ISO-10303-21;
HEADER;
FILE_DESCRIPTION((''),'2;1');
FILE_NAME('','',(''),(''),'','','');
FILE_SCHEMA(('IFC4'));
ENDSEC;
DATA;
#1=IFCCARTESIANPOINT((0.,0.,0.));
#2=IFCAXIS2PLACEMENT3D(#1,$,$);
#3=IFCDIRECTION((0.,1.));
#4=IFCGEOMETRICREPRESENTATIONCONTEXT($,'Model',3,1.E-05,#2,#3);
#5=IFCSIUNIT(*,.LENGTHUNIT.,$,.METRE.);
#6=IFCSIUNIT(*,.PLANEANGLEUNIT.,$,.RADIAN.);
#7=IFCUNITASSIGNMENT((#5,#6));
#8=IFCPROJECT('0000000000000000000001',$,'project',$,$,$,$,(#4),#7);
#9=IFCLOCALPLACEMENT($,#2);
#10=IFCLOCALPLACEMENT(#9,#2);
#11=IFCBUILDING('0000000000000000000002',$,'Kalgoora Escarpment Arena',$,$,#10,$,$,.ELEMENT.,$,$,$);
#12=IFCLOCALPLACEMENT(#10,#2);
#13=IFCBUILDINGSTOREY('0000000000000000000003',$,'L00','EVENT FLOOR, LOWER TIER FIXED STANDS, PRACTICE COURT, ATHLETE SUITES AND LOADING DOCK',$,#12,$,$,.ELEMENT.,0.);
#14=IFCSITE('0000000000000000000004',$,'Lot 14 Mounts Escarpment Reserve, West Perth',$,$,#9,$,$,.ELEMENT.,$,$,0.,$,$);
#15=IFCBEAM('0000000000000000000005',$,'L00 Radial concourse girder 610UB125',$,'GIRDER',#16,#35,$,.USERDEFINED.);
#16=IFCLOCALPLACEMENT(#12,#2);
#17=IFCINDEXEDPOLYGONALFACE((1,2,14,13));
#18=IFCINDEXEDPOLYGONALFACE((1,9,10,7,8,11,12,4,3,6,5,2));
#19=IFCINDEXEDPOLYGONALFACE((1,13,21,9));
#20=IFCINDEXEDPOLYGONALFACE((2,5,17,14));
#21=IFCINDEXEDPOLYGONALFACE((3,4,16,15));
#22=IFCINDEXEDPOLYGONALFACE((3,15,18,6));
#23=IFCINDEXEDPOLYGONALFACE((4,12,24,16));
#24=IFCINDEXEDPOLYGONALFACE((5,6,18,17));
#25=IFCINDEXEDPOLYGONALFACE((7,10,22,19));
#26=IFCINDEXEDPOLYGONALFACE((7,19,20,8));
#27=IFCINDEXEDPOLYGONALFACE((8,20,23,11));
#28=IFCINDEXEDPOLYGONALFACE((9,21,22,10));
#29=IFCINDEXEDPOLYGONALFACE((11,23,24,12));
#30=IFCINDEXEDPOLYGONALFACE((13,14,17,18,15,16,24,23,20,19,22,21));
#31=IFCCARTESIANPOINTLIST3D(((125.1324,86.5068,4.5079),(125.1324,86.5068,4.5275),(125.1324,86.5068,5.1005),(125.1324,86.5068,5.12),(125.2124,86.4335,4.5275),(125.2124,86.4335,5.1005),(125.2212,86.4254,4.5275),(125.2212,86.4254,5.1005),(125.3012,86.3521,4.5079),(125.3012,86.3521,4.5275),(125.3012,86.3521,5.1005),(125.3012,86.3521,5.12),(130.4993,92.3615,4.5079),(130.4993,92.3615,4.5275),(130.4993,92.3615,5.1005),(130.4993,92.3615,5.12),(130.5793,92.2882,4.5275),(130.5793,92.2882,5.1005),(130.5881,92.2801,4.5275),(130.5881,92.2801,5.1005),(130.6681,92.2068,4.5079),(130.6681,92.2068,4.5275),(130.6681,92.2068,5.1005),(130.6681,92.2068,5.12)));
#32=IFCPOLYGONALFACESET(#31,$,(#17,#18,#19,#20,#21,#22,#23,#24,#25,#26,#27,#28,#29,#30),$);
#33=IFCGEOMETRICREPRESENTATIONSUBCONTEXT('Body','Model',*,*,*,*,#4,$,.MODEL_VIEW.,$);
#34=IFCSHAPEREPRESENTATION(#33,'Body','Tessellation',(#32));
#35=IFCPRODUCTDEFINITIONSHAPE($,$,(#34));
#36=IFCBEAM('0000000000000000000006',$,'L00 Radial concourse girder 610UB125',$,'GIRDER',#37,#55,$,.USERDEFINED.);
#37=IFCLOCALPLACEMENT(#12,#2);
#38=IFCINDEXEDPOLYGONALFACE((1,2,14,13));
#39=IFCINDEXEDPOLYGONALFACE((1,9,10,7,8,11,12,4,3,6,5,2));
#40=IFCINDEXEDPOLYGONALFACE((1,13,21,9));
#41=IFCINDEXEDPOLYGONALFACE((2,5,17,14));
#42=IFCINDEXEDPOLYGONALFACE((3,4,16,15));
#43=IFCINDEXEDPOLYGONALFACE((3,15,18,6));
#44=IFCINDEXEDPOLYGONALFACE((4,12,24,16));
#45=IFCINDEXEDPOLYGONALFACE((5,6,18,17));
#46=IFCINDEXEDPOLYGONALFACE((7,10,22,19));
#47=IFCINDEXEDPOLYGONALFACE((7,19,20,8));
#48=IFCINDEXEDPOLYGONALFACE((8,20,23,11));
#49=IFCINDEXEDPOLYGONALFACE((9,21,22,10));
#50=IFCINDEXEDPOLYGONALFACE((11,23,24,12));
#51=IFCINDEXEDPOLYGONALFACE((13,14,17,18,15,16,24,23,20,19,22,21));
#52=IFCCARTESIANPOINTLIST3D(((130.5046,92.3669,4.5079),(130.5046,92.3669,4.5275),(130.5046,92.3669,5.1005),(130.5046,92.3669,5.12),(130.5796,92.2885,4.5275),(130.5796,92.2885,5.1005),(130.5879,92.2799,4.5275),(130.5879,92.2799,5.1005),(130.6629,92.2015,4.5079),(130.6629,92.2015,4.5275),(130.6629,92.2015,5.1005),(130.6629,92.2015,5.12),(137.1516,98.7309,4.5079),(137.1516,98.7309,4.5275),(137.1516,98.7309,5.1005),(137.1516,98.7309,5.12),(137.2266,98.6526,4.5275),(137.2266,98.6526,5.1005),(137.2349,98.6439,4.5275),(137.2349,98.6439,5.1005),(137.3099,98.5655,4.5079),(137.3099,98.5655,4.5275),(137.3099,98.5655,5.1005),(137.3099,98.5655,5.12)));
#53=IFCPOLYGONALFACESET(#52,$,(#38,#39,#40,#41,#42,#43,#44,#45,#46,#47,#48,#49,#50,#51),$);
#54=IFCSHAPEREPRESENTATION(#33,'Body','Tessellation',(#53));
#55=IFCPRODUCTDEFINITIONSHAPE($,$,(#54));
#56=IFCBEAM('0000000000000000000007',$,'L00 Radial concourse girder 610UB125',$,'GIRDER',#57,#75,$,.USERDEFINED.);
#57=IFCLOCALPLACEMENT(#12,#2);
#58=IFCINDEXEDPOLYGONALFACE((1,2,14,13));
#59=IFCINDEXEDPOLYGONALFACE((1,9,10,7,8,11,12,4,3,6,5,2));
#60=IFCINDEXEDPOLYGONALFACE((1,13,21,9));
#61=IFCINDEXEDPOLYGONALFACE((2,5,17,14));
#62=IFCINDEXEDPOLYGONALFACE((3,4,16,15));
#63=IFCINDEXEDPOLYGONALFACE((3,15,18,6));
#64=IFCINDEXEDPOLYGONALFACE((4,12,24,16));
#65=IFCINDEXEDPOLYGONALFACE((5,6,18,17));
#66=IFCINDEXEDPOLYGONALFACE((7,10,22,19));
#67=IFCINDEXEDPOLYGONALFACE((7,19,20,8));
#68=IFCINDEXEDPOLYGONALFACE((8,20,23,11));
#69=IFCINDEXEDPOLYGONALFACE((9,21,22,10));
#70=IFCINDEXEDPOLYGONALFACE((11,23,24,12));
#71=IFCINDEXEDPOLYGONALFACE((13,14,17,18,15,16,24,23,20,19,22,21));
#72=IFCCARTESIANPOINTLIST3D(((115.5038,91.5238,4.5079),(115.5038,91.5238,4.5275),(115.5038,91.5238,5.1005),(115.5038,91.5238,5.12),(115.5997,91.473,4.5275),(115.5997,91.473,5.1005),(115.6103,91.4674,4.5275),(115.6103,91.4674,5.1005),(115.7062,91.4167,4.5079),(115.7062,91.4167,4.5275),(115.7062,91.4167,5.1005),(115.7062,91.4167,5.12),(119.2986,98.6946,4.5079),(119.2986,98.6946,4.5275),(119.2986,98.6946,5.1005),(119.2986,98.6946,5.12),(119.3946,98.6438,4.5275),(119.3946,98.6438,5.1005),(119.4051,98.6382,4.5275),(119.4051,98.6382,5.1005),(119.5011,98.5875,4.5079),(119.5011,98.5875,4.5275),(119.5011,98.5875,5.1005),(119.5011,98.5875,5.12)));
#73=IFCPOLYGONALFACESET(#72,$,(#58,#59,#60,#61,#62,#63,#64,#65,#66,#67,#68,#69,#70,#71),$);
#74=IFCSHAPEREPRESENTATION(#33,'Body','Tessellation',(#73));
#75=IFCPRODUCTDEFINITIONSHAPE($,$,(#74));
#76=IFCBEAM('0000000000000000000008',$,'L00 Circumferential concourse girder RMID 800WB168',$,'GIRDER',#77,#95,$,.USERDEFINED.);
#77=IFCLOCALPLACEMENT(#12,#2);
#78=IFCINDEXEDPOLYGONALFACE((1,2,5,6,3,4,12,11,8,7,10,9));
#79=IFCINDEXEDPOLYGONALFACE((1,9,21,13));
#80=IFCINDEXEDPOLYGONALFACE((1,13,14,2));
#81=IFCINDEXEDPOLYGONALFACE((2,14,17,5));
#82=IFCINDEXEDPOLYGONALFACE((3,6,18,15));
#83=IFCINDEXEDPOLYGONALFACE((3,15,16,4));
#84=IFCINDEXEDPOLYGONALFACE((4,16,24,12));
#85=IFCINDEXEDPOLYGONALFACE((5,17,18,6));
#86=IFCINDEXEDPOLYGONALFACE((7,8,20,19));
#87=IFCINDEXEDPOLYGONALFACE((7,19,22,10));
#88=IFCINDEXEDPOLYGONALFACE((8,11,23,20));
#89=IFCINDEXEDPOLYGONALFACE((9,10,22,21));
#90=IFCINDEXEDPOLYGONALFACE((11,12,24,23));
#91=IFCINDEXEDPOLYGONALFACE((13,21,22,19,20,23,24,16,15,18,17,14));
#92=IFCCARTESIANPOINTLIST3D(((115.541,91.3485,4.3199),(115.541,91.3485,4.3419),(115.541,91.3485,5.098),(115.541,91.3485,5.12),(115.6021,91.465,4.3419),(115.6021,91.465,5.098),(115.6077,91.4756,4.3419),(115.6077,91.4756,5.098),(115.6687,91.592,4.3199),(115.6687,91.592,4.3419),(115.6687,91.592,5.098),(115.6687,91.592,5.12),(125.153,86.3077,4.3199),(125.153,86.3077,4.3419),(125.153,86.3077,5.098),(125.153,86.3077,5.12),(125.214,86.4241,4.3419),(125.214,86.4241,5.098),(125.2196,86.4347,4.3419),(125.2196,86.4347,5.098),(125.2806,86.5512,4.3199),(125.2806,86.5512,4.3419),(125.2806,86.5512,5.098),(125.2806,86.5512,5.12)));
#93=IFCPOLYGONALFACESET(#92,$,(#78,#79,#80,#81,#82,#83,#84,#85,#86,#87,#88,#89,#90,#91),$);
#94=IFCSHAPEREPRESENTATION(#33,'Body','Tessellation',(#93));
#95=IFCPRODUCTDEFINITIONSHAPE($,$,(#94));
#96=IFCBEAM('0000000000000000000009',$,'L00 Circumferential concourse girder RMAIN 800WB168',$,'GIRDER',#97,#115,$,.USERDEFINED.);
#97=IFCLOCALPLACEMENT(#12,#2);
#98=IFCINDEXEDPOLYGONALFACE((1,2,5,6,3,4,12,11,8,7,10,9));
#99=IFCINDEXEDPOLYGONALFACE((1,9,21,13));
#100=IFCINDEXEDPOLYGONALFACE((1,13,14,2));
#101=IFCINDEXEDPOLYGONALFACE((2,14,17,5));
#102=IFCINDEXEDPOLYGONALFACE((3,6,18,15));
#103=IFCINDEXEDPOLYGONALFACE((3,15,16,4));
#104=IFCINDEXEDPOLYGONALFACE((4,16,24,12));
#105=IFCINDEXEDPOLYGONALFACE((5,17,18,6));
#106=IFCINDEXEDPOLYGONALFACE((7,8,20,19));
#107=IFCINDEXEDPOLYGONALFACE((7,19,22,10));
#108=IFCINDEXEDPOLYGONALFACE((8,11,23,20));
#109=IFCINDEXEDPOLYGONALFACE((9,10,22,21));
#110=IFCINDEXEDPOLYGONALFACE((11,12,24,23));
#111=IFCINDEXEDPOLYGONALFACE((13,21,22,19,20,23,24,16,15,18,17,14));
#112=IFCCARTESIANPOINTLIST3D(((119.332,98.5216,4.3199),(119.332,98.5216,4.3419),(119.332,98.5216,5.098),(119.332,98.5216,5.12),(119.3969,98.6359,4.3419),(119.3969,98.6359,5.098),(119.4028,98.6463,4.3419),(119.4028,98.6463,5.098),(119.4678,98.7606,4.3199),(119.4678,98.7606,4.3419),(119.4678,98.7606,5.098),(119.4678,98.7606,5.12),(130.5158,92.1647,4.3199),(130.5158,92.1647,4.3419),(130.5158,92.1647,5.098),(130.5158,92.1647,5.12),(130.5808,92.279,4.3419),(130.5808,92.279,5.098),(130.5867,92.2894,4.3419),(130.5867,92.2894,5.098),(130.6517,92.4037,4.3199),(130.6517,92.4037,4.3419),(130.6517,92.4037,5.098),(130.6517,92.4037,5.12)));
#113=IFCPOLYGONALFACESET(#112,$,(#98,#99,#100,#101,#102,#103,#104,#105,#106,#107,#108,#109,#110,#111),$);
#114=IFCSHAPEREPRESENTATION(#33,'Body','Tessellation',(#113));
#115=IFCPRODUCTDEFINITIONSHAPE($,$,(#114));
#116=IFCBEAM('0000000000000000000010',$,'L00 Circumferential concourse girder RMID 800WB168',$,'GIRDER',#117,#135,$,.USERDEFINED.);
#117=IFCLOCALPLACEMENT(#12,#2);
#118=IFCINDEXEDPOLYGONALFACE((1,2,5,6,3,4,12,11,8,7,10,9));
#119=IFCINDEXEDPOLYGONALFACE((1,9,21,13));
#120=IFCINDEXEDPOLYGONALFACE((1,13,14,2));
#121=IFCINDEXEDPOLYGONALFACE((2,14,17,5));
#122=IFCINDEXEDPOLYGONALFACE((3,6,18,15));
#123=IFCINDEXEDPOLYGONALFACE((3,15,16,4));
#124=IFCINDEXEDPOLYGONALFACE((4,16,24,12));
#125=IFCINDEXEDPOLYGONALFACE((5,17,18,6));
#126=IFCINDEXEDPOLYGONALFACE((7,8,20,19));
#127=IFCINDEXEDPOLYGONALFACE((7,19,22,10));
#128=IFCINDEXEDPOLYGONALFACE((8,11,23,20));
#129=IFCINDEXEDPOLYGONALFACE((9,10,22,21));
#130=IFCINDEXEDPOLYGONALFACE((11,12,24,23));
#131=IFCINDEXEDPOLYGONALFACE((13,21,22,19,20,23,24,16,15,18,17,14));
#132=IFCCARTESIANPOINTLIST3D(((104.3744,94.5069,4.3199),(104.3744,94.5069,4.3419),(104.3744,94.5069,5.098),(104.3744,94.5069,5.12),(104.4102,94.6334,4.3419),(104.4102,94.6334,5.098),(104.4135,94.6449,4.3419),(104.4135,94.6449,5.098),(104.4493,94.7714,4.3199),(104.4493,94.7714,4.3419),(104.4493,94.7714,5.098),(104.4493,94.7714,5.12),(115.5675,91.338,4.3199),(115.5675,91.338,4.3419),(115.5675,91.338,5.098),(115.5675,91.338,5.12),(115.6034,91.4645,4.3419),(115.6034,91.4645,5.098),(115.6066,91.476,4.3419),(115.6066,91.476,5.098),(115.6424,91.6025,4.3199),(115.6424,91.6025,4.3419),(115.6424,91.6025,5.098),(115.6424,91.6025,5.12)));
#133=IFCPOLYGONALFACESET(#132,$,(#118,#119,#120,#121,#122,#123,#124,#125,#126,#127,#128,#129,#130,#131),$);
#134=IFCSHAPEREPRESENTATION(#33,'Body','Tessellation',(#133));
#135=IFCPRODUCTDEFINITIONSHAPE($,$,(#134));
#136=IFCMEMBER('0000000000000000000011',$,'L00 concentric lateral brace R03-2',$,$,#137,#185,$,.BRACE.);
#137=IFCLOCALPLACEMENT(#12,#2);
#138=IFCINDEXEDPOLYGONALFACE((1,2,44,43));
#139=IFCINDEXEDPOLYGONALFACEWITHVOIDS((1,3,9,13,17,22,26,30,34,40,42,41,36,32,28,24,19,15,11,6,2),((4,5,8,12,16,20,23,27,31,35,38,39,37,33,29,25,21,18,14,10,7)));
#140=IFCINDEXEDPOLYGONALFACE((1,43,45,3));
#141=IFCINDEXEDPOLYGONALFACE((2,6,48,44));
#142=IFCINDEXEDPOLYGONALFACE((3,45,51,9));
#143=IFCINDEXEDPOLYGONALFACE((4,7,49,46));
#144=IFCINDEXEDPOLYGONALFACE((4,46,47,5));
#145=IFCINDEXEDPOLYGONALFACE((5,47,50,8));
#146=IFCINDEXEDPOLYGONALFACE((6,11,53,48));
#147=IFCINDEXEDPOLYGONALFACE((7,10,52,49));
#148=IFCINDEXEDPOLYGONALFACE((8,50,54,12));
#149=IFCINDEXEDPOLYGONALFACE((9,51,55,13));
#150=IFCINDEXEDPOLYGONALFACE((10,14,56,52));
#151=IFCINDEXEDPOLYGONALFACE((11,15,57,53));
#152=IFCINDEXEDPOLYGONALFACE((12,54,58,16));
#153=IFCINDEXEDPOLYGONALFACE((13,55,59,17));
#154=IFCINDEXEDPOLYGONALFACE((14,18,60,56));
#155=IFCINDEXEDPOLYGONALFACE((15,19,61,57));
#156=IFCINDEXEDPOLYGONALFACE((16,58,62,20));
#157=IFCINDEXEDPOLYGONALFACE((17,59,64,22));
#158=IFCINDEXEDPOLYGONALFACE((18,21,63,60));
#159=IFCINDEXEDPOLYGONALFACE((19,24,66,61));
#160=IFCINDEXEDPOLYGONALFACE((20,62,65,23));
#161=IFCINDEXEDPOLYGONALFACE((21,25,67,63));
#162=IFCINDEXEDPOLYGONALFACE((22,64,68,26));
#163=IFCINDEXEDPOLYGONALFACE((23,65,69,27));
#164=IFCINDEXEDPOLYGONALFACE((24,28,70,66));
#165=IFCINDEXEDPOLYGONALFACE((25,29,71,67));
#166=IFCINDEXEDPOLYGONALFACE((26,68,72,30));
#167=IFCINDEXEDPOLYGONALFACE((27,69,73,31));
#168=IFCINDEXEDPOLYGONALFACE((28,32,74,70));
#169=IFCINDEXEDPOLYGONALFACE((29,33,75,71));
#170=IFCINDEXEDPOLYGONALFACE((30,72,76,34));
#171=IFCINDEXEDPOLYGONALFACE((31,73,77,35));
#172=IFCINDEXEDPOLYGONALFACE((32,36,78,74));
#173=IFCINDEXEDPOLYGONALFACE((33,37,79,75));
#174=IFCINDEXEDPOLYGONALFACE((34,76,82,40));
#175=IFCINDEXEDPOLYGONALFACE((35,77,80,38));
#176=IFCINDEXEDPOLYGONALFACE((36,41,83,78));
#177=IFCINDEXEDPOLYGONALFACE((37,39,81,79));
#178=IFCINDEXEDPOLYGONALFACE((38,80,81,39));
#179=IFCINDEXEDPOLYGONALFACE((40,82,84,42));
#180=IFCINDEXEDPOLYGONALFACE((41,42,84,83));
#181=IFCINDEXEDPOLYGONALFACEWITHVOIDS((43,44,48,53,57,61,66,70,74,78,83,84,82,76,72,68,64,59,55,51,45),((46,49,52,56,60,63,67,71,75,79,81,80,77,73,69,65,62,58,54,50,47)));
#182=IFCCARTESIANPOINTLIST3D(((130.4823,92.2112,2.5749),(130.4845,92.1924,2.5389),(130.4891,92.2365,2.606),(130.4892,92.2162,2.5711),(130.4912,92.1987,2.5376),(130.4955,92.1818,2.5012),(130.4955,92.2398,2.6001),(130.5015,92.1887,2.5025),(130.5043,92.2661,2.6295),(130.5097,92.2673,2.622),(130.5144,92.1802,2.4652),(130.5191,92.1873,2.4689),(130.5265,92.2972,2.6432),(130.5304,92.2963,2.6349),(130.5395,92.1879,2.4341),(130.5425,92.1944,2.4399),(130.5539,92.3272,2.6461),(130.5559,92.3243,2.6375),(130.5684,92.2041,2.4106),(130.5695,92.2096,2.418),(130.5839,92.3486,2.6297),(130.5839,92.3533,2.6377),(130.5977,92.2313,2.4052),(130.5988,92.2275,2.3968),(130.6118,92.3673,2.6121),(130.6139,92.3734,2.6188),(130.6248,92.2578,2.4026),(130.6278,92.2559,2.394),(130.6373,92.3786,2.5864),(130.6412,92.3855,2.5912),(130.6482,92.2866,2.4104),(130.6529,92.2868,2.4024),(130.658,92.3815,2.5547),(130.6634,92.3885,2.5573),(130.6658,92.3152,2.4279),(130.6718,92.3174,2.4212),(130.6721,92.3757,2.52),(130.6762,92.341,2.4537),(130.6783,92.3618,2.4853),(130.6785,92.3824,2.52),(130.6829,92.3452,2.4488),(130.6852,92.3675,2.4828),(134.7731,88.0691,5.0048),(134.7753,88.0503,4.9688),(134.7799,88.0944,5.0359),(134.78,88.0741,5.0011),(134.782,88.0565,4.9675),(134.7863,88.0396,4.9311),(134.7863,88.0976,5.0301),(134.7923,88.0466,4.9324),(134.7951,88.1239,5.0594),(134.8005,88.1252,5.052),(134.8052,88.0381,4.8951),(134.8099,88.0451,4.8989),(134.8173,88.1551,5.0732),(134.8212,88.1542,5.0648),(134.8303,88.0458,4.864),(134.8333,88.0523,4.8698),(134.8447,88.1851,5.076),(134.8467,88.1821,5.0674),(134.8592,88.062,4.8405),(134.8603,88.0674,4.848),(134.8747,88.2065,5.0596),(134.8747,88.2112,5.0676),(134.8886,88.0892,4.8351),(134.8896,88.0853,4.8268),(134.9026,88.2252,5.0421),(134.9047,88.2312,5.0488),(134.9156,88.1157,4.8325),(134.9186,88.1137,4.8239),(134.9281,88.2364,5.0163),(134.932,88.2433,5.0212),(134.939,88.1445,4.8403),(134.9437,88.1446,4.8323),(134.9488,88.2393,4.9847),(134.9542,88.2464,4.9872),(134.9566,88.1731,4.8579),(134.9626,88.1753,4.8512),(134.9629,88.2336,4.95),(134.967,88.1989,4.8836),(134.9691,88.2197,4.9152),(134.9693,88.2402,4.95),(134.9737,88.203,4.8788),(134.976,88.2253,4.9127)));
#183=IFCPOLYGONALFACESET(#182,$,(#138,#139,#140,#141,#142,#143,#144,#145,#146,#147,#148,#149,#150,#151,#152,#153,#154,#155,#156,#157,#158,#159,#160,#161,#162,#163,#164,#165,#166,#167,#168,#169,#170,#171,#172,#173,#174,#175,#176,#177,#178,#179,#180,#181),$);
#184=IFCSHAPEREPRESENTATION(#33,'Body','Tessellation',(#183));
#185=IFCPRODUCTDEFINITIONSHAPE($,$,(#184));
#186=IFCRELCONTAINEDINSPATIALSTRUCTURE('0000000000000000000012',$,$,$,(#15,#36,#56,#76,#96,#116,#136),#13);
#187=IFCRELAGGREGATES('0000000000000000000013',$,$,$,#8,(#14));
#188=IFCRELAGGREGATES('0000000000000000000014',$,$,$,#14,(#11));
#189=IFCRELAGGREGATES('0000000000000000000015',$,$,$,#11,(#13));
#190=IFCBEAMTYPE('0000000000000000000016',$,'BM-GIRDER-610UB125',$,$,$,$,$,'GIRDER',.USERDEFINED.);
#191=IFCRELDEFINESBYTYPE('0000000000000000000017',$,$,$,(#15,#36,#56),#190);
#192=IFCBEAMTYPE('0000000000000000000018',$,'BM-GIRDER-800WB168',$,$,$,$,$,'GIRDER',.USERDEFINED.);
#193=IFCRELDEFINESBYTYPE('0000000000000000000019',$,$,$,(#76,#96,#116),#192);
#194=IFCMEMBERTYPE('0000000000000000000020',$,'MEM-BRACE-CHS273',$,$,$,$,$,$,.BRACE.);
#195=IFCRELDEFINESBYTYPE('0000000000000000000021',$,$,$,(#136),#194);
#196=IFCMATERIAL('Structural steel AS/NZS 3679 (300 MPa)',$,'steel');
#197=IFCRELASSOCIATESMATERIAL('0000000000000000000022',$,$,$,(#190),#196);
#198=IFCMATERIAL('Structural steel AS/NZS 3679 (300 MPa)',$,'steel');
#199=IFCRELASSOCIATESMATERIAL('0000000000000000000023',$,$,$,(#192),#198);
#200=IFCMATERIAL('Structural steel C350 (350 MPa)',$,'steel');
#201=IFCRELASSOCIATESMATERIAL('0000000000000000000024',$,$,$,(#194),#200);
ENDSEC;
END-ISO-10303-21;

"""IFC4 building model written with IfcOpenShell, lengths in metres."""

from ifc_helpers import new_model, si_unit, direction, frame, origin, origin_2d, place, context, subcontext, project, spatial, hollow_circle, i_section, extrude, material, material_profile, profile_set, type_object, element, save


model = new_model("IFC4")

# Units and contexts
model_context = context("Model", 3, precision=1e-05, world=origin(), true_north=direction((0.0, 1.0)))
body_context = subcontext(model_context, "Body", "Model", "MODEL_VIEW")
ifc_project = project(units=[si_unit("LENGTHUNIT", "METRE"), si_unit("PLANEANGLEUNIT", "RADIAN")], contexts=[model_context])

# Site, building, storey
site_placement = place(None, origin())
site = spatial("IfcSite", under=ifc_project, at=site_placement, Name="Lot 14 Mounts Escarpment Reserve, West Perth", CompositionType="ELEMENT", RefElevation=0.0)
building_placement = place(site_placement, origin())
building = spatial("IfcBuilding", under=site, at=building_placement, Name="Kalgoora Escarpment Arena", CompositionType="ELEMENT")
storey_placement = place(building_placement, origin())
storey = spatial("IfcBuildingStorey", under=building, at=storey_placement, Name="L00", Description="EVENT FLOOR, LOWER TIER FIXED STANDS, PRACTICE COURT, ATHLETE SUITES AND LOADING DOCK", CompositionType="ELEMENT", Elevation=0.0)

# Beams
ifc_material_1 = material(Name="Structural steel AS/NZS 3679 (300 MPa)", Category="steel")
ifc_material_profile_1 = material_profile(ifc_material_1, i_section(OverallWidth=0.229, OverallDepth=0.6121, WebThickness=0.012, FlangeThickness=0.0195, at=origin_2d()))
ifc_profile_set_1 = profile_set([ifc_material_profile_1], Name="Structural steel AS/NZS 3679 (300 MPa)")
beam_type_1 = type_object("IfcBeamType", Name="BM-GIRDER-610UB125", ElementType="GIRDER", PredefinedType="USERDEFINED", material=ifc_profile_set_1)
beam_1_placement = place(storey_placement, frame((125.2168, 86.4294, 4.814), z_axis=(0.675732, 0.737148, 0.0), x_axis=(-0.737148, 0.675732, 0.0)))
element("IfcBeam", 1, at=beam_1_placement, inside=storey, type_object=beam_type_1, Name="L00 Radial concourse girder 610UB125", ObjectType="GIRDER", PredefinedType="USERDEFINED", context=body_context, shape_type="SweptSolid", body=[
    extrude(i_section(OverallWidth=0.229, OverallDepth=0.6121, WebThickness=0.012, FlangeThickness=0.0195, at=origin_2d()), origin(), (0.0, 0.0, 1.0), 7.9424),
])
beam_2_placement = place(storey_placement, frame((130.5837, 92.2842, 4.814), z_axis=(0.722314, 0.691565, 0.0), x_axis=(-0.691565, 0.722314, 0.0)))
element("IfcBeam", 2, at=beam_2_placement, inside=storey, type_object=beam_type_1, Name="L00 Radial concourse girder 610UB125", ObjectType="GIRDER", PredefinedType="USERDEFINED", context=body_context, shape_type="SweptSolid", body=[
    extrude(i_section(OverallWidth=0.229, OverallDepth=0.6121, WebThickness=0.012, FlangeThickness=0.0195, at=origin_2d()), origin(), (0.0, 0.0, 1.0), 9.2024),
])
beam_3_placement = place(storey_placement, frame((115.605, 91.4702, 4.814), z_axis=(0.467749, 0.883861, 0.0), x_axis=(-0.883861, 0.467749, 0.0)))
element("IfcBeam", 3, at=beam_3_placement, inside=storey, type_object=beam_type_1, Name="L00 Radial concourse girder 610UB125", ObjectType="GIRDER", PredefinedType="USERDEFINED", context=body_context, shape_type="SweptSolid", body=[
    extrude(i_section(OverallWidth=0.229, OverallDepth=0.6121, WebThickness=0.012, FlangeThickness=0.0195, at=origin_2d()), origin(), (0.0, 0.0, 1.0), 8.113),
])
ifc_material_2 = material(Name="Structural steel AS/NZS 3679 (300 MPa)", Category="steel")
ifc_material_profile_2 = material_profile(ifc_material_2, i_section(OverallWidth=0.2749, OverallDepth=0.8, WebThickness=0.012, FlangeThickness=0.022, at=origin_2d()))
ifc_profile_set_2 = profile_set([ifc_material_profile_2], Name="Structural steel AS/NZS 3679 (300 MPa)")
beam_type_2 = type_object("IfcBeamType", Name="BM-GIRDER-800WB168", ElementType="GIRDER", PredefinedType="USERDEFINED", material=ifc_profile_set_2)
beam_4_placement = place(storey_placement, frame((125.2168, 86.4294, 4.72), z_axis=(-0.885604, 0.464441, 0.0), x_axis=(-0.464441, -0.885604, 0.0)))
element("IfcBeam", 4, at=beam_4_placement, inside=storey, type_object=beam_type_2, Name="L00 Circumferential concourse girder RMID 800WB168", ObjectType="GIRDER", PredefinedType="USERDEFINED", context=body_context, shape_type="SweptSolid", body=[
    extrude(i_section(OverallWidth=0.2749, OverallDepth=0.8, WebThickness=0.012, FlangeThickness=0.022, at=origin_2d()), origin(), (0.0, 0.0, 1.0), 10.8535),
])
beam_5_placement = place(storey_placement, frame((130.5837, 92.2842, 4.72), z_axis=(-0.869374, 0.494155, 0.0), x_axis=(-0.494155, -0.869374, 0.0)))
element("IfcBeam", 5, at=beam_5_placement, inside=storey, type_object=beam_type_2, Name="L00 Circumferential concourse girder RMAIN 800WB168", ObjectType="GIRDER", PredefinedType="USERDEFINED", context=body_context, shape_type="SweptSolid", body=[
    extrude(i_section(OverallWidth=0.2749, OverallDepth=0.8, WebThickness=0.012, FlangeThickness=0.022, at=origin_2d()), origin(), (0.0, 0.0, 1.0), 12.8643),
])
beam_6_placement = place(storey_placement, frame((115.605, 91.4702, 4.72), z_axis=(-0.962182, 0.272409, 0.0), x_axis=(-0.272409, -0.962182, 0.0)))
element("IfcBeam", 6, at=beam_6_placement, inside=storey, type_object=beam_type_2, Name="L00 Circumferential concourse girder RMID 800WB168", ObjectType="GIRDER", PredefinedType="USERDEFINED", context=body_context, shape_type="SweptSolid", body=[
    extrude(i_section(OverallWidth=0.2749, OverallDepth=0.8, WebThickness=0.012, FlangeThickness=0.022, at=origin_2d()), origin(), (0.0, 0.0, 1.0), 11.6331),
])

# Member
ifc_material_3 = material(Name="Structural steel C350 (350 MPa)", Category="steel")
ifc_material_profile_3 = material_profile(ifc_material_3, hollow_circle(Radius=0.1365, WallThickness=0.0093, at=origin_2d()))
ifc_profile_set_3 = profile_set([ifc_material_profile_3], Name="Structural steel C350 (350 MPa)")
member_type_1 = type_object("IfcMemberType", Name="MEM-BRACE-CHS273", PredefinedType="BRACE", material=ifc_profile_set_3)
member_1_placement = place(storey_placement, frame((130.5837, 92.2842, 2.52), z_axis=(0.66628, -0.643193, 0.377325), x_axis=(0.694532, 0.719462, 0.0)))
element("IfcMember", 7, at=member_1_placement, inside=storey, type_object=member_type_1, Name="L00 concentric lateral brace R03-2", PredefinedType="BRACE", context=body_context, shape_type="SweptSolid", body=[
    extrude(hollow_circle(Radius=0.1365, WallThickness=0.0093, at=origin_2d()), origin(), (0.0, 0.0, 1.0), 6.4399),
])

save(model, "model.ifc")
